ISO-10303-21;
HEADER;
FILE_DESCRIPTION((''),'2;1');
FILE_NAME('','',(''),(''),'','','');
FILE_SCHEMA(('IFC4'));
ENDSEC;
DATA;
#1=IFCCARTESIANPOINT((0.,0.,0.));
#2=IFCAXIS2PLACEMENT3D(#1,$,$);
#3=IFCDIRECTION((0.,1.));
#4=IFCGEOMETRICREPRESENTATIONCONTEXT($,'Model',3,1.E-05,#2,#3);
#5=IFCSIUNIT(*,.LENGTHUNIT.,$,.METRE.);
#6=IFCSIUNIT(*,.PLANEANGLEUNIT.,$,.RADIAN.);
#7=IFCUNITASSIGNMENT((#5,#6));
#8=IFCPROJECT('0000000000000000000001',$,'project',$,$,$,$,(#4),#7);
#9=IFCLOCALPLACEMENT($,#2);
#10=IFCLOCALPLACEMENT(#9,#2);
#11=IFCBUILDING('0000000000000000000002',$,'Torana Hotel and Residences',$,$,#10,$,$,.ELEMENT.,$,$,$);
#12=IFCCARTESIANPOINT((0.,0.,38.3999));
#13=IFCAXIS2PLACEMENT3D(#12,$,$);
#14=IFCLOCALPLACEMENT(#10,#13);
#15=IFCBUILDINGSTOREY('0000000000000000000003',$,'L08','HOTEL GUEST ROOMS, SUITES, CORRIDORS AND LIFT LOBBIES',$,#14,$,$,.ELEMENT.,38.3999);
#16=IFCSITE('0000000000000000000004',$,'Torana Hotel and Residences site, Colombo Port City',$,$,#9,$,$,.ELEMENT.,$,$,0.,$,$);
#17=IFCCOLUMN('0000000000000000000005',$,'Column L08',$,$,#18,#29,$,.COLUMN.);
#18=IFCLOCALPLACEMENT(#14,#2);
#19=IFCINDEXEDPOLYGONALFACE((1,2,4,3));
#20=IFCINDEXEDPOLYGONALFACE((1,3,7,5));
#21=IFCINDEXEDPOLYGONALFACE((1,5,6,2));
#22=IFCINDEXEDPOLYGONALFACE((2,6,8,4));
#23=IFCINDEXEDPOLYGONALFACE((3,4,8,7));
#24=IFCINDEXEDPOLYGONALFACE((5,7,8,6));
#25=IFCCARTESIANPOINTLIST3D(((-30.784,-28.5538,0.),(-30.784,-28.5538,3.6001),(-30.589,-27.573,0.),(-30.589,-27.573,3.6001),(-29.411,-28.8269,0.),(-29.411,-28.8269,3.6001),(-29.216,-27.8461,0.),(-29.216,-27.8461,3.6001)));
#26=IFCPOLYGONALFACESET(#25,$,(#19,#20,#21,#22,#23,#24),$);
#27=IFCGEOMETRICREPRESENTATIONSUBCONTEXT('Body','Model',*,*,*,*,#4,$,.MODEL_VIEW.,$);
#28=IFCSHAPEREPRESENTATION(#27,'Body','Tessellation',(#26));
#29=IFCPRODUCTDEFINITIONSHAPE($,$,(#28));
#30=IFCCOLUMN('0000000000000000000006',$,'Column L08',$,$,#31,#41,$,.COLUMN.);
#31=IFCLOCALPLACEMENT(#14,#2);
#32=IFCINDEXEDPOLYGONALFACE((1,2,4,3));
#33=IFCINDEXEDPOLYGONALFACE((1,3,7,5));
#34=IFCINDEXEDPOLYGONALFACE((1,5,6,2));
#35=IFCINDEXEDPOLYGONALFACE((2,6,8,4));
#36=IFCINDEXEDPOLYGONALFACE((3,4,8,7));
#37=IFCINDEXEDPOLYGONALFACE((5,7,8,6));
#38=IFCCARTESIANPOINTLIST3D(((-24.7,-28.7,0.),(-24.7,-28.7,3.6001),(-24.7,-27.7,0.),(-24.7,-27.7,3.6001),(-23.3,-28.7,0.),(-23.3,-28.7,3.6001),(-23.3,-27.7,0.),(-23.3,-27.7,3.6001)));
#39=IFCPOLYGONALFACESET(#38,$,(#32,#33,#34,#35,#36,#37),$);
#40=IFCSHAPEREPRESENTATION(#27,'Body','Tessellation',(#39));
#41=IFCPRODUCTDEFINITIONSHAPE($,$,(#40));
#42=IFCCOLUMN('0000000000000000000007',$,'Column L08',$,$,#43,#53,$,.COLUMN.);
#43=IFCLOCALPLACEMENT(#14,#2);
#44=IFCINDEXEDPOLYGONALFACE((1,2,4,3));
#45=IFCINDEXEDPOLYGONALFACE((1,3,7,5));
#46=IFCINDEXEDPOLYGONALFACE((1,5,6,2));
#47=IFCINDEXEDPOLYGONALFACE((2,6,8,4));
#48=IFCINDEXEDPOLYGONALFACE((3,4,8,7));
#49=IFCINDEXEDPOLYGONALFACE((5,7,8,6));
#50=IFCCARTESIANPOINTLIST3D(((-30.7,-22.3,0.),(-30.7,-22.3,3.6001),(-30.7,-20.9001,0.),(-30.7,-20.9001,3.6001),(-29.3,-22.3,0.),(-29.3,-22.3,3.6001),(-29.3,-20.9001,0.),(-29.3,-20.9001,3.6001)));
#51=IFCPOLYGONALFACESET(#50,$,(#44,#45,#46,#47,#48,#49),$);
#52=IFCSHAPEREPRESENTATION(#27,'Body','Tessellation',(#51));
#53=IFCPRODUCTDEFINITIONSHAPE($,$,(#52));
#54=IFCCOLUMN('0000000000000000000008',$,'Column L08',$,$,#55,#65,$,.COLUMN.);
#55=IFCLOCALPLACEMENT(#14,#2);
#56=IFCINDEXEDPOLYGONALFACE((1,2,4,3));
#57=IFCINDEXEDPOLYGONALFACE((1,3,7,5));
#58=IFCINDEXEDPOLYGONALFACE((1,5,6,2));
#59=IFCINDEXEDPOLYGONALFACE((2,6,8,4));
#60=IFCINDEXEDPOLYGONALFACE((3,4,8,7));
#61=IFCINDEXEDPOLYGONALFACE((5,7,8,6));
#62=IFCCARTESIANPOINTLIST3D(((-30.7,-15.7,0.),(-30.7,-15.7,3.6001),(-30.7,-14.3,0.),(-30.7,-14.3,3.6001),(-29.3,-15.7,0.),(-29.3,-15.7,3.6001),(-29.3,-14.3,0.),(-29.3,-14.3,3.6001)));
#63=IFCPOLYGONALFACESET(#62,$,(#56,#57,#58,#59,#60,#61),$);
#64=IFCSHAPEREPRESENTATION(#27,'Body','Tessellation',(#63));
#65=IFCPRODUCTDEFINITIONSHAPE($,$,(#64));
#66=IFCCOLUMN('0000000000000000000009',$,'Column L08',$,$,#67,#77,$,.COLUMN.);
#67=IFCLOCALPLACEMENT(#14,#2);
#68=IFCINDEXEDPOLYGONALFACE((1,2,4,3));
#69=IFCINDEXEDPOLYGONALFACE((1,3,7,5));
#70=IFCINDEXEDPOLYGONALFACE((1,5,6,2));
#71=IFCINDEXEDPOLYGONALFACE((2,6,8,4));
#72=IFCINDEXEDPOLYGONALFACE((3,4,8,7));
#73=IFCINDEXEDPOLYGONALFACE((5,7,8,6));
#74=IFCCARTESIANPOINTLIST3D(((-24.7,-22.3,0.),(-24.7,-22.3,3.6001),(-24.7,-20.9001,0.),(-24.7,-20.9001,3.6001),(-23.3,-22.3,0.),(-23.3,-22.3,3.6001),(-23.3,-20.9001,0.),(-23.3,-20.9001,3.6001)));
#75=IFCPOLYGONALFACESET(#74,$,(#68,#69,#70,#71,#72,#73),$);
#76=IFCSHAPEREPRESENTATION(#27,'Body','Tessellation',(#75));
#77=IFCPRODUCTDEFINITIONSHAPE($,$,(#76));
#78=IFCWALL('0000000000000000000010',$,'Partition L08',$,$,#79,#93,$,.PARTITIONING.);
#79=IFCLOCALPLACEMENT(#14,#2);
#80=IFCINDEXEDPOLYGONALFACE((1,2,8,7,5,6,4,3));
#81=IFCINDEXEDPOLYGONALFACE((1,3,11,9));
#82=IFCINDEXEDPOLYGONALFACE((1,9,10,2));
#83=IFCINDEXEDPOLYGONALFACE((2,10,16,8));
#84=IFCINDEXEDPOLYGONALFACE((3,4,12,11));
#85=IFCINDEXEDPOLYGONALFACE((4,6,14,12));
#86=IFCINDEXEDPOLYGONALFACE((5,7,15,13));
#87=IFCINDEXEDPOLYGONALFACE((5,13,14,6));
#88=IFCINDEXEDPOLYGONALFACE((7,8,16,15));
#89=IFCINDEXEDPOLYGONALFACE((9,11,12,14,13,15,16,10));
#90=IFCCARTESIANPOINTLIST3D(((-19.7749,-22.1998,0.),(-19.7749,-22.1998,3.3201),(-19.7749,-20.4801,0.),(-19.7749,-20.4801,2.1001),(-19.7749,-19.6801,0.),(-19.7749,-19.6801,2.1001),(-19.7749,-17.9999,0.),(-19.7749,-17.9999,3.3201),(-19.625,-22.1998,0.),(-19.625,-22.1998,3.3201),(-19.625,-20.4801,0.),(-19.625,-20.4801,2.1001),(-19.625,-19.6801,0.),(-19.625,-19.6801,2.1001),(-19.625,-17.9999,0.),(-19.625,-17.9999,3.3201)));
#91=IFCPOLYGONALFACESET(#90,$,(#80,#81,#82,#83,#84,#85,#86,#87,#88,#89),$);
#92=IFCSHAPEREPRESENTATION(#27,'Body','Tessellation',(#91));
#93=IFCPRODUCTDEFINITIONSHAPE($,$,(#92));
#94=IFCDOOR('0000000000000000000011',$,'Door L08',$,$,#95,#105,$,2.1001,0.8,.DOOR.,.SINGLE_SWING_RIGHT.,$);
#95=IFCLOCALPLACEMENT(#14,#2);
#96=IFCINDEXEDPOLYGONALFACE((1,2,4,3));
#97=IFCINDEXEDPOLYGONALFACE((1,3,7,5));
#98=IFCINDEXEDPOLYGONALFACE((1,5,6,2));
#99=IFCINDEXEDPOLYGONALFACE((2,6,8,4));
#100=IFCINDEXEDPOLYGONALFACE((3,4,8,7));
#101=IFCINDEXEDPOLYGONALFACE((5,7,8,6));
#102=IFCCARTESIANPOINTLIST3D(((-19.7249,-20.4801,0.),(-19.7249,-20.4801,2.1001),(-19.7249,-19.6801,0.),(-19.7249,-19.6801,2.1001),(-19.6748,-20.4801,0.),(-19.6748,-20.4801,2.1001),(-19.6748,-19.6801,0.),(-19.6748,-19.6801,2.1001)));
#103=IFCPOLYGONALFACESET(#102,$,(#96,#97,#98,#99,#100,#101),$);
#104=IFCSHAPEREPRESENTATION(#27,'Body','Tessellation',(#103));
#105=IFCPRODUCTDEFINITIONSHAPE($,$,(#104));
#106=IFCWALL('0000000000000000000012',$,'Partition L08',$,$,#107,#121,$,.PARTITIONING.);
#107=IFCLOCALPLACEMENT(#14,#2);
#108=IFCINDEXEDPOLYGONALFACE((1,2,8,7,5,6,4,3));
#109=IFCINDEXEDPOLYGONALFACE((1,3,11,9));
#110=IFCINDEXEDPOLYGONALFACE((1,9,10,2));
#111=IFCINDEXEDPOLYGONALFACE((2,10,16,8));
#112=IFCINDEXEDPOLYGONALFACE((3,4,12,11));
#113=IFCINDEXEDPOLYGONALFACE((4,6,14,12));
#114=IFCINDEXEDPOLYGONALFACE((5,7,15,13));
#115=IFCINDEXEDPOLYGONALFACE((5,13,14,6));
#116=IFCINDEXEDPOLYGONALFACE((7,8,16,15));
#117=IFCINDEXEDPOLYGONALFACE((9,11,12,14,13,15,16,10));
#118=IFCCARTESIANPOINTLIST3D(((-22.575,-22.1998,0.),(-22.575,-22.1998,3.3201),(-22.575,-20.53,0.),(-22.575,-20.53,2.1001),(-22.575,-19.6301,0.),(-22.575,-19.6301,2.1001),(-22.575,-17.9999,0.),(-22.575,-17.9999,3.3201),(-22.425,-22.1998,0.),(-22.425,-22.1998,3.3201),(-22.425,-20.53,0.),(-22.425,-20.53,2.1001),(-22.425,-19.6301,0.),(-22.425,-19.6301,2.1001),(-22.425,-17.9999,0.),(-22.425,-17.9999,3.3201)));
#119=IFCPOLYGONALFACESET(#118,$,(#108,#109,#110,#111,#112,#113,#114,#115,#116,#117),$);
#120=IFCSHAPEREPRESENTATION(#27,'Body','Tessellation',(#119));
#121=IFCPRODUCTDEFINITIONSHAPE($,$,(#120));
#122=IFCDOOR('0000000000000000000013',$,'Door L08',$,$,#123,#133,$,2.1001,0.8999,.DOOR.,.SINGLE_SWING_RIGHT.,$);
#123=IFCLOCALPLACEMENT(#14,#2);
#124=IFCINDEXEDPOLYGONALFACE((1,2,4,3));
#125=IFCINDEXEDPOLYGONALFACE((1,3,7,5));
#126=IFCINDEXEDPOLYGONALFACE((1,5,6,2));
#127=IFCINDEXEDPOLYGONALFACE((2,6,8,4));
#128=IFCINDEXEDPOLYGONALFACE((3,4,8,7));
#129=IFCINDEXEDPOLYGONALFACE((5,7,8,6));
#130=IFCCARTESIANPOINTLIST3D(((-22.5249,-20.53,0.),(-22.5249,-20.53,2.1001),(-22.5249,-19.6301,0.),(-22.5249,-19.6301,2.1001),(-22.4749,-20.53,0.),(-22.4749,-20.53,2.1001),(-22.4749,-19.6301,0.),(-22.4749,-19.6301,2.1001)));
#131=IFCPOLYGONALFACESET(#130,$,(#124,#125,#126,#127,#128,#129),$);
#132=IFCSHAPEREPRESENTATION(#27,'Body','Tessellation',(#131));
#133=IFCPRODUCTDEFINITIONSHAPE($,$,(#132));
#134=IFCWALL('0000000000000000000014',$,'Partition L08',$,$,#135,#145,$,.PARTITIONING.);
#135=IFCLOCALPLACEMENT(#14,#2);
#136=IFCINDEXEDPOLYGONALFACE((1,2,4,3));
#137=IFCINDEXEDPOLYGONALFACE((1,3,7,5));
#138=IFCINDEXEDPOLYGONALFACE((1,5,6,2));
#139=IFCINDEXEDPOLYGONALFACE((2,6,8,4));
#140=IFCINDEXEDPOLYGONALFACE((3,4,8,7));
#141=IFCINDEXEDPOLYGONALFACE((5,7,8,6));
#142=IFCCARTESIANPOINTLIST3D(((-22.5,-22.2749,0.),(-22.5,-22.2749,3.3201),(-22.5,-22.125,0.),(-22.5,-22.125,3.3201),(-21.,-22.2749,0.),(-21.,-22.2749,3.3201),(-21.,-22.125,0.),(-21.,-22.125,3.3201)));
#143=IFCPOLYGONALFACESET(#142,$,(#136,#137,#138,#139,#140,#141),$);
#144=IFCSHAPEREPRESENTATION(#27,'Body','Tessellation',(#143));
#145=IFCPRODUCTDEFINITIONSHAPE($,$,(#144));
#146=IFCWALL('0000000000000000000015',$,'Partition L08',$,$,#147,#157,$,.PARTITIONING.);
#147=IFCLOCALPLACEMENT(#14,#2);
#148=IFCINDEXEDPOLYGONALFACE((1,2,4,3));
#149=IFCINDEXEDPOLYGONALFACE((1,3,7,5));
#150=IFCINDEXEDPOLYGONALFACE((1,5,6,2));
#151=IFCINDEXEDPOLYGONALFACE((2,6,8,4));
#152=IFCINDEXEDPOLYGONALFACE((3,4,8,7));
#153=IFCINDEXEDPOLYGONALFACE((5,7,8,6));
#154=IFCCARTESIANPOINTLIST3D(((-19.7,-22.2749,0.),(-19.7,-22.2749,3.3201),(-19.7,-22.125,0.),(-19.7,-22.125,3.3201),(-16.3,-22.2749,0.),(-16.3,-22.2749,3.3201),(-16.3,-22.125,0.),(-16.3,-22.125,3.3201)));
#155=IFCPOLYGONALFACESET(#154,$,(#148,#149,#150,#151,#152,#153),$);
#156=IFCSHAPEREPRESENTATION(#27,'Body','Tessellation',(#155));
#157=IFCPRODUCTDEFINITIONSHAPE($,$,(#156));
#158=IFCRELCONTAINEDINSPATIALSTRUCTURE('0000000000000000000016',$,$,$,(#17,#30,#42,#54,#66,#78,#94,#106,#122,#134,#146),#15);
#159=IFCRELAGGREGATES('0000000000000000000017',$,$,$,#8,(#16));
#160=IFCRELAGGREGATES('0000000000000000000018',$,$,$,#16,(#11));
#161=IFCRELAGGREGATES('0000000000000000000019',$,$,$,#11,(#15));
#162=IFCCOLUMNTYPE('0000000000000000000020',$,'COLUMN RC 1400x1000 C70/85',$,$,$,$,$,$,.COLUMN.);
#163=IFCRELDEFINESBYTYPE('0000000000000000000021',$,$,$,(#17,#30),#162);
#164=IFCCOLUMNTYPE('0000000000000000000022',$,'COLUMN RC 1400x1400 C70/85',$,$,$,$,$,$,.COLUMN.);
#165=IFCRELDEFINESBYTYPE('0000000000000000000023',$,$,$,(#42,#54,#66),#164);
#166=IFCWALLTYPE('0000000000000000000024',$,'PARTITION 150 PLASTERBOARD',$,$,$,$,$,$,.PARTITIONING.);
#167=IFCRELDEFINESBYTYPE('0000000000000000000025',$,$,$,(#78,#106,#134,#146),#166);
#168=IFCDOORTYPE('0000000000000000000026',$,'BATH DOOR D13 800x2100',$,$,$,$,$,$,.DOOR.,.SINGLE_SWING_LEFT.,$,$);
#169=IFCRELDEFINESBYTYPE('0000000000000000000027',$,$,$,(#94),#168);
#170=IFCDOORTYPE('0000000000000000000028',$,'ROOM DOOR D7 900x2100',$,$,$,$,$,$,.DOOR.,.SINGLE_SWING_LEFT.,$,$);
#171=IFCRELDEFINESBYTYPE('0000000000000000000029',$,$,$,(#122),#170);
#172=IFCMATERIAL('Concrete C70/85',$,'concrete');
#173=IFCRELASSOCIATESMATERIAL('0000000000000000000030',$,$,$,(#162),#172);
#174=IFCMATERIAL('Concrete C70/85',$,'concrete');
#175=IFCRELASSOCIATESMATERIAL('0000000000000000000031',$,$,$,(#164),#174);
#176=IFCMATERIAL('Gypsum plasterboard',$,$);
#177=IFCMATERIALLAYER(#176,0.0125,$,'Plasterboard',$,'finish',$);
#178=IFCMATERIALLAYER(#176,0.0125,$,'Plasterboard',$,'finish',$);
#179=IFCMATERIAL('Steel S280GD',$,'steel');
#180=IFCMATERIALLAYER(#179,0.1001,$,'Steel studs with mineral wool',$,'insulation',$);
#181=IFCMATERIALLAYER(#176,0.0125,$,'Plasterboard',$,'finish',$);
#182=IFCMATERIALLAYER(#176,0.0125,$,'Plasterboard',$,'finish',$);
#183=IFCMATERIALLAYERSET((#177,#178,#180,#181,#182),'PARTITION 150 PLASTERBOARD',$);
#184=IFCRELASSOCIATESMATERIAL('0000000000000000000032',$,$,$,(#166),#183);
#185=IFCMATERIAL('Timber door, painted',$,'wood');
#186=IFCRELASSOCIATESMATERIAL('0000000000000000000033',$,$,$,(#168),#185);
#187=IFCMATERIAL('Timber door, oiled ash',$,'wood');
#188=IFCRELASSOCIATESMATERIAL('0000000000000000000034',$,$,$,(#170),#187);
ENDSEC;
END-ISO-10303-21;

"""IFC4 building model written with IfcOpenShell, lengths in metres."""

from ifc_helpers import new_model, si_unit, direction, frame, frame_2d, origin, origin_2d, place, context, subcontext, project, spatial, rectangle, extrude, material, layer, layer_set, material_profile, profile_set, type_object, element, fill, save


model = new_model("IFC4")

# Units and contexts
model_context = context("Model", 3, precision=1e-05, world=origin(), true_north=direction((0.0, 1.0)))
body_context = subcontext(model_context, "Body", "Model", "MODEL_VIEW")
ifc_project = project(units=[si_unit("LENGTHUNIT", "METRE"), si_unit("PLANEANGLEUNIT", "RADIAN")], contexts=[model_context])

# Site, building, storey
site_placement = place(None, origin())
site = spatial("IfcSite", under=ifc_project, at=site_placement, Name="Torana Hotel and Residences site, Colombo Port City", CompositionType="ELEMENT", RefElevation=0.0)
building_placement = place(site_placement, origin())
building = spatial("IfcBuilding", under=site, at=building_placement, Name="Torana Hotel and Residences", CompositionType="ELEMENT")
storey_placement = place(building_placement, frame((0.0, 0.0, 38.3999)))
storey = spatial("IfcBuildingStorey", under=building, at=storey_placement, Name="L08", Description="HOTEL GUEST ROOMS, SUITES, CORRIDORS AND LIFT LOBBIES", CompositionType="ELEMENT", Elevation=38.3999)

# Columns
ifc_material_1 = material(Name="Concrete C70/85", Category="concrete")
ifc_material_profile_1 = material_profile(ifc_material_1, rectangle(XDim=1.3999, YDim=1.0, at=origin_2d()), Name="RC 1400x1000")
ifc_profile_set_1 = profile_set([ifc_material_profile_1], Name="Concrete C70/85")
column_type_1 = type_object("IfcColumnType", Name="COLUMN RC 1400x1000 C70/85", PredefinedType="COLUMN", material=ifc_profile_set_1)
for number, where, z_axis, x_axis, name in (
    (1, (-30.0, -28.2, 0.0), (0.0, 0.0, 1.0), (-0.980792, 0.195056, 0.0), "Column L08"),
    (2, (-24.0, -28.2, 0.0), (0.0, 0.0, 1.0), (1.0, 0.0, 0.0), "Column L08"),
):
    element("IfcColumn", number, at=place(storey_placement, frame(where, z_axis=z_axis, x_axis=x_axis)), inside=storey, type_object=column_type_1, Name=name, PredefinedType="COLUMN", context=body_context, shape_type="SweptSolid", body=[
        extrude(rectangle(XDim=1.3999, YDim=1.0, at=origin_2d()), origin(), (0.0, 0.0, 1.0), 3.6001),
    ])
ifc_material_2 = material(Name="Concrete C70/85", Category="concrete")
ifc_material_profile_2 = material_profile(ifc_material_2, rectangle(XDim=1.3999, YDim=1.3999, at=origin_2d()), Name="RC 1400x1400")
ifc_profile_set_2 = profile_set([ifc_material_profile_2], Name="Concrete C70/85")
column_type_2 = type_object("IfcColumnType", Name="COLUMN RC 1400x1400 C70/85", PredefinedType="COLUMN", material=ifc_profile_set_2)
for number, where, z_axis, x_axis, name in (
    (3, (-30.0, -21.6001, 0.0), (0.0, 0.0, 1.0), (1.0, 0.0, 0.0), "Column L08"),
    (4, (-30.0, -15.0, 0.0), (0.0, 0.0, 1.0), (1.0, 0.0, 0.0), "Column L08"),
    (5, (-24.0, -21.6001, 0.0), (0.0, 0.0, 1.0), (1.0, 0.0, 0.0), "Column L08"),
):
    element("IfcColumn", number, at=place(storey_placement, frame(where, z_axis=z_axis, x_axis=x_axis)), inside=storey, type_object=column_type_2, Name=name, PredefinedType="COLUMN", context=body_context, shape_type="SweptSolid", body=[
        extrude(rectangle(XDim=1.3999, YDim=1.3999, at=origin_2d()), origin(), (0.0, 0.0, 1.0), 3.6001),
    ])

# Walls, openings, doors
ifc_material_3 = material(Name="Gypsum plasterboard")
ifc_layer_1 = layer(ifc_material_3, 0.0125, Name="Plasterboard", Category="finish")
ifc_layer_2 = layer(ifc_material_3, 0.0125, Name="Plasterboard", Category="finish")
ifc_material_4 = material(Name="Steel S280GD", Category="steel")
ifc_layer_3 = layer(ifc_material_4, 0.1001, Name="Steel studs with mineral wool", Category="insulation")
ifc_layer_4 = layer(ifc_material_3, 0.0125, Name="Plasterboard", Category="finish")
ifc_layer_5 = layer(ifc_material_3, 0.0125, Name="Plasterboard", Category="finish")
ifc_layer_set = layer_set([ifc_layer_1, ifc_layer_2, ifc_layer_3, ifc_layer_4, ifc_layer_5], Name="PARTITION 150 PLASTERBOARD")
wall_type = type_object("IfcWallType", Name="PARTITION 150 PLASTERBOARD", PredefinedType="PARTITIONING", material=ifc_layer_set)
wall_1_placement = place(storey_placement, frame((-19.7, -22.2, 0.0), z_axis=(0.0, 0.0, 1.0), x_axis=(0.0, 1.0, 0.0)))
wall_1 = element("IfcWall", 6, at=wall_1_placement, inside=storey, type_object=wall_type, Name="Partition L08", PredefinedType="PARTITIONING", context=body_context, shape_type="SweptSolid", body=[
    extrude(rectangle(XDim=4.2, YDim=0.1499, at=frame_2d((2.1001, 0.0))), origin(), (0.0, 0.0, 1.0), 3.3201),
])
opening_1_placement = place(wall_1_placement, frame((1.72, 0.0, 0.0)))
opening_1 = element("IfcOpeningElement", 7, at=opening_1_placement, cuts=wall_1, PredefinedType="OPENING", context=body_context, shape_type="SweptSolid", body=[
    extrude(rectangle(XDim=0.8, YDim=2.1001, at=frame_2d((0.3999, 1.05))), frame((0.0, 0.085, 0.0), z_axis=(0.0, -1.0, 0.0), x_axis=(1.0, 0.0, 0.0)), (0.0, 0.0, 1.0), 0.1699),
])
ifc_material_5 = material(Name="Timber door, painted", Category="wood")
door_type_1 = type_object("IfcDoorType", Name="BATH DOOR D13 800x2100", OperationType="SINGLE_SWING_LEFT", PredefinedType="DOOR", material=ifc_material_5)
door_1_placement = place(opening_1_placement, origin())
door_1 = element("IfcDoor", 8, at=door_1_placement, inside=storey, type_object=door_type_1, Name="Door L08", OperationType="SINGLE_SWING_RIGHT", OverallHeight=2.1001, OverallWidth=0.8, PredefinedType="DOOR", context=body_context, shape_type="SweptSolid", body=[
    extrude(rectangle(XDim=0.8, YDim=2.1001, at=frame_2d((0.3999, 1.05))), frame((0.0, 0.0249, 0.0), z_axis=(0.0, -1.0, 0.0), x_axis=(1.0, 0.0, 0.0)), (0.0, 0.0, 1.0), 0.05),
])
fill(opening_1, door_1)
wall_2_placement = place(storey_placement, frame((-22.5, -22.2, 0.0), z_axis=(0.0, 0.0, 1.0), x_axis=(0.0, 1.0, 0.0)))
wall_2 = element("IfcWall", 9, at=wall_2_placement, inside=storey, type_object=wall_type, Name="Partition L08", PredefinedType="PARTITIONING", context=body_context, shape_type="SweptSolid", body=[
    extrude(rectangle(XDim=4.2, YDim=0.1499, at=frame_2d((2.1001, 0.0))), origin(), (0.0, 0.0, 1.0), 3.3201),
])
opening_2_placement = place(wall_2_placement, frame((1.6699, 0.0, 0.0)))
opening_2 = element("IfcOpeningElement", 10, at=opening_2_placement, cuts=wall_2, PredefinedType="OPENING", context=body_context, shape_type="SweptSolid", body=[
    extrude(rectangle(XDim=0.8999, YDim=2.1001, at=frame_2d((0.45, 1.05))), frame((0.0, 0.085, 0.0), z_axis=(0.0, -1.0, 0.0), x_axis=(1.0, 0.0, 0.0)), (0.0, 0.0, 1.0), 0.1699),
])
ifc_material_6 = material(Name="Timber door, oiled ash", Category="wood")
door_type_2 = type_object("IfcDoorType", Name="ROOM DOOR D7 900x2100", OperationType="SINGLE_SWING_LEFT", PredefinedType="DOOR", material=ifc_material_6)
door_2_placement = place(opening_2_placement, origin())
door_2 = element("IfcDoor", 11, at=door_2_placement, inside=storey, type_object=door_type_2, Name="Door L08", OperationType="SINGLE_SWING_RIGHT", OverallHeight=2.1001, OverallWidth=0.8999, PredefinedType="DOOR", context=body_context, shape_type="SweptSolid", body=[
    extrude(rectangle(XDim=0.8999, YDim=2.1001, at=frame_2d((0.45, 1.05))), frame((0.0, 0.0249, 0.0), z_axis=(0.0, -1.0, 0.0), x_axis=(1.0, 0.0, 0.0)), (0.0, 0.0, 1.0), 0.05),
])
fill(opening_2, door_2)

# Walls
wall_3_placement = place(storey_placement, frame((-22.5, -22.2, 0.0), z_axis=(0.0, 0.0, 1.0), x_axis=(1.0, 0.0, 0.0)))
element("IfcWall", 12, at=wall_3_placement, inside=storey, type_object=wall_type, Name="Partition L08", PredefinedType="PARTITIONING", context=body_context, shape_type="SweptSolid", body=[
    extrude(rectangle(XDim=1.5, YDim=0.1499, at=frame_2d((0.75, 0.0))), origin(), (0.0, 0.0, 1.0), 3.3201),
])
wall_4_placement = place(storey_placement, frame((-19.7, -22.2, 0.0), z_axis=(0.0, 0.0, 1.0), x_axis=(1.0, 0.0, 0.0)))
element("IfcWall", 13, at=wall_4_placement, inside=storey, type_object=wall_type, Name="Partition L08", PredefinedType="PARTITIONING", context=body_context, shape_type="SweptSolid", body=[
    extrude(rectangle(XDim=3.3999, YDim=0.1499, at=frame_2d((1.7, 0.0))), origin(), (0.0, 0.0, 1.0), 3.3201),
])

save(model, "model.ifc")
